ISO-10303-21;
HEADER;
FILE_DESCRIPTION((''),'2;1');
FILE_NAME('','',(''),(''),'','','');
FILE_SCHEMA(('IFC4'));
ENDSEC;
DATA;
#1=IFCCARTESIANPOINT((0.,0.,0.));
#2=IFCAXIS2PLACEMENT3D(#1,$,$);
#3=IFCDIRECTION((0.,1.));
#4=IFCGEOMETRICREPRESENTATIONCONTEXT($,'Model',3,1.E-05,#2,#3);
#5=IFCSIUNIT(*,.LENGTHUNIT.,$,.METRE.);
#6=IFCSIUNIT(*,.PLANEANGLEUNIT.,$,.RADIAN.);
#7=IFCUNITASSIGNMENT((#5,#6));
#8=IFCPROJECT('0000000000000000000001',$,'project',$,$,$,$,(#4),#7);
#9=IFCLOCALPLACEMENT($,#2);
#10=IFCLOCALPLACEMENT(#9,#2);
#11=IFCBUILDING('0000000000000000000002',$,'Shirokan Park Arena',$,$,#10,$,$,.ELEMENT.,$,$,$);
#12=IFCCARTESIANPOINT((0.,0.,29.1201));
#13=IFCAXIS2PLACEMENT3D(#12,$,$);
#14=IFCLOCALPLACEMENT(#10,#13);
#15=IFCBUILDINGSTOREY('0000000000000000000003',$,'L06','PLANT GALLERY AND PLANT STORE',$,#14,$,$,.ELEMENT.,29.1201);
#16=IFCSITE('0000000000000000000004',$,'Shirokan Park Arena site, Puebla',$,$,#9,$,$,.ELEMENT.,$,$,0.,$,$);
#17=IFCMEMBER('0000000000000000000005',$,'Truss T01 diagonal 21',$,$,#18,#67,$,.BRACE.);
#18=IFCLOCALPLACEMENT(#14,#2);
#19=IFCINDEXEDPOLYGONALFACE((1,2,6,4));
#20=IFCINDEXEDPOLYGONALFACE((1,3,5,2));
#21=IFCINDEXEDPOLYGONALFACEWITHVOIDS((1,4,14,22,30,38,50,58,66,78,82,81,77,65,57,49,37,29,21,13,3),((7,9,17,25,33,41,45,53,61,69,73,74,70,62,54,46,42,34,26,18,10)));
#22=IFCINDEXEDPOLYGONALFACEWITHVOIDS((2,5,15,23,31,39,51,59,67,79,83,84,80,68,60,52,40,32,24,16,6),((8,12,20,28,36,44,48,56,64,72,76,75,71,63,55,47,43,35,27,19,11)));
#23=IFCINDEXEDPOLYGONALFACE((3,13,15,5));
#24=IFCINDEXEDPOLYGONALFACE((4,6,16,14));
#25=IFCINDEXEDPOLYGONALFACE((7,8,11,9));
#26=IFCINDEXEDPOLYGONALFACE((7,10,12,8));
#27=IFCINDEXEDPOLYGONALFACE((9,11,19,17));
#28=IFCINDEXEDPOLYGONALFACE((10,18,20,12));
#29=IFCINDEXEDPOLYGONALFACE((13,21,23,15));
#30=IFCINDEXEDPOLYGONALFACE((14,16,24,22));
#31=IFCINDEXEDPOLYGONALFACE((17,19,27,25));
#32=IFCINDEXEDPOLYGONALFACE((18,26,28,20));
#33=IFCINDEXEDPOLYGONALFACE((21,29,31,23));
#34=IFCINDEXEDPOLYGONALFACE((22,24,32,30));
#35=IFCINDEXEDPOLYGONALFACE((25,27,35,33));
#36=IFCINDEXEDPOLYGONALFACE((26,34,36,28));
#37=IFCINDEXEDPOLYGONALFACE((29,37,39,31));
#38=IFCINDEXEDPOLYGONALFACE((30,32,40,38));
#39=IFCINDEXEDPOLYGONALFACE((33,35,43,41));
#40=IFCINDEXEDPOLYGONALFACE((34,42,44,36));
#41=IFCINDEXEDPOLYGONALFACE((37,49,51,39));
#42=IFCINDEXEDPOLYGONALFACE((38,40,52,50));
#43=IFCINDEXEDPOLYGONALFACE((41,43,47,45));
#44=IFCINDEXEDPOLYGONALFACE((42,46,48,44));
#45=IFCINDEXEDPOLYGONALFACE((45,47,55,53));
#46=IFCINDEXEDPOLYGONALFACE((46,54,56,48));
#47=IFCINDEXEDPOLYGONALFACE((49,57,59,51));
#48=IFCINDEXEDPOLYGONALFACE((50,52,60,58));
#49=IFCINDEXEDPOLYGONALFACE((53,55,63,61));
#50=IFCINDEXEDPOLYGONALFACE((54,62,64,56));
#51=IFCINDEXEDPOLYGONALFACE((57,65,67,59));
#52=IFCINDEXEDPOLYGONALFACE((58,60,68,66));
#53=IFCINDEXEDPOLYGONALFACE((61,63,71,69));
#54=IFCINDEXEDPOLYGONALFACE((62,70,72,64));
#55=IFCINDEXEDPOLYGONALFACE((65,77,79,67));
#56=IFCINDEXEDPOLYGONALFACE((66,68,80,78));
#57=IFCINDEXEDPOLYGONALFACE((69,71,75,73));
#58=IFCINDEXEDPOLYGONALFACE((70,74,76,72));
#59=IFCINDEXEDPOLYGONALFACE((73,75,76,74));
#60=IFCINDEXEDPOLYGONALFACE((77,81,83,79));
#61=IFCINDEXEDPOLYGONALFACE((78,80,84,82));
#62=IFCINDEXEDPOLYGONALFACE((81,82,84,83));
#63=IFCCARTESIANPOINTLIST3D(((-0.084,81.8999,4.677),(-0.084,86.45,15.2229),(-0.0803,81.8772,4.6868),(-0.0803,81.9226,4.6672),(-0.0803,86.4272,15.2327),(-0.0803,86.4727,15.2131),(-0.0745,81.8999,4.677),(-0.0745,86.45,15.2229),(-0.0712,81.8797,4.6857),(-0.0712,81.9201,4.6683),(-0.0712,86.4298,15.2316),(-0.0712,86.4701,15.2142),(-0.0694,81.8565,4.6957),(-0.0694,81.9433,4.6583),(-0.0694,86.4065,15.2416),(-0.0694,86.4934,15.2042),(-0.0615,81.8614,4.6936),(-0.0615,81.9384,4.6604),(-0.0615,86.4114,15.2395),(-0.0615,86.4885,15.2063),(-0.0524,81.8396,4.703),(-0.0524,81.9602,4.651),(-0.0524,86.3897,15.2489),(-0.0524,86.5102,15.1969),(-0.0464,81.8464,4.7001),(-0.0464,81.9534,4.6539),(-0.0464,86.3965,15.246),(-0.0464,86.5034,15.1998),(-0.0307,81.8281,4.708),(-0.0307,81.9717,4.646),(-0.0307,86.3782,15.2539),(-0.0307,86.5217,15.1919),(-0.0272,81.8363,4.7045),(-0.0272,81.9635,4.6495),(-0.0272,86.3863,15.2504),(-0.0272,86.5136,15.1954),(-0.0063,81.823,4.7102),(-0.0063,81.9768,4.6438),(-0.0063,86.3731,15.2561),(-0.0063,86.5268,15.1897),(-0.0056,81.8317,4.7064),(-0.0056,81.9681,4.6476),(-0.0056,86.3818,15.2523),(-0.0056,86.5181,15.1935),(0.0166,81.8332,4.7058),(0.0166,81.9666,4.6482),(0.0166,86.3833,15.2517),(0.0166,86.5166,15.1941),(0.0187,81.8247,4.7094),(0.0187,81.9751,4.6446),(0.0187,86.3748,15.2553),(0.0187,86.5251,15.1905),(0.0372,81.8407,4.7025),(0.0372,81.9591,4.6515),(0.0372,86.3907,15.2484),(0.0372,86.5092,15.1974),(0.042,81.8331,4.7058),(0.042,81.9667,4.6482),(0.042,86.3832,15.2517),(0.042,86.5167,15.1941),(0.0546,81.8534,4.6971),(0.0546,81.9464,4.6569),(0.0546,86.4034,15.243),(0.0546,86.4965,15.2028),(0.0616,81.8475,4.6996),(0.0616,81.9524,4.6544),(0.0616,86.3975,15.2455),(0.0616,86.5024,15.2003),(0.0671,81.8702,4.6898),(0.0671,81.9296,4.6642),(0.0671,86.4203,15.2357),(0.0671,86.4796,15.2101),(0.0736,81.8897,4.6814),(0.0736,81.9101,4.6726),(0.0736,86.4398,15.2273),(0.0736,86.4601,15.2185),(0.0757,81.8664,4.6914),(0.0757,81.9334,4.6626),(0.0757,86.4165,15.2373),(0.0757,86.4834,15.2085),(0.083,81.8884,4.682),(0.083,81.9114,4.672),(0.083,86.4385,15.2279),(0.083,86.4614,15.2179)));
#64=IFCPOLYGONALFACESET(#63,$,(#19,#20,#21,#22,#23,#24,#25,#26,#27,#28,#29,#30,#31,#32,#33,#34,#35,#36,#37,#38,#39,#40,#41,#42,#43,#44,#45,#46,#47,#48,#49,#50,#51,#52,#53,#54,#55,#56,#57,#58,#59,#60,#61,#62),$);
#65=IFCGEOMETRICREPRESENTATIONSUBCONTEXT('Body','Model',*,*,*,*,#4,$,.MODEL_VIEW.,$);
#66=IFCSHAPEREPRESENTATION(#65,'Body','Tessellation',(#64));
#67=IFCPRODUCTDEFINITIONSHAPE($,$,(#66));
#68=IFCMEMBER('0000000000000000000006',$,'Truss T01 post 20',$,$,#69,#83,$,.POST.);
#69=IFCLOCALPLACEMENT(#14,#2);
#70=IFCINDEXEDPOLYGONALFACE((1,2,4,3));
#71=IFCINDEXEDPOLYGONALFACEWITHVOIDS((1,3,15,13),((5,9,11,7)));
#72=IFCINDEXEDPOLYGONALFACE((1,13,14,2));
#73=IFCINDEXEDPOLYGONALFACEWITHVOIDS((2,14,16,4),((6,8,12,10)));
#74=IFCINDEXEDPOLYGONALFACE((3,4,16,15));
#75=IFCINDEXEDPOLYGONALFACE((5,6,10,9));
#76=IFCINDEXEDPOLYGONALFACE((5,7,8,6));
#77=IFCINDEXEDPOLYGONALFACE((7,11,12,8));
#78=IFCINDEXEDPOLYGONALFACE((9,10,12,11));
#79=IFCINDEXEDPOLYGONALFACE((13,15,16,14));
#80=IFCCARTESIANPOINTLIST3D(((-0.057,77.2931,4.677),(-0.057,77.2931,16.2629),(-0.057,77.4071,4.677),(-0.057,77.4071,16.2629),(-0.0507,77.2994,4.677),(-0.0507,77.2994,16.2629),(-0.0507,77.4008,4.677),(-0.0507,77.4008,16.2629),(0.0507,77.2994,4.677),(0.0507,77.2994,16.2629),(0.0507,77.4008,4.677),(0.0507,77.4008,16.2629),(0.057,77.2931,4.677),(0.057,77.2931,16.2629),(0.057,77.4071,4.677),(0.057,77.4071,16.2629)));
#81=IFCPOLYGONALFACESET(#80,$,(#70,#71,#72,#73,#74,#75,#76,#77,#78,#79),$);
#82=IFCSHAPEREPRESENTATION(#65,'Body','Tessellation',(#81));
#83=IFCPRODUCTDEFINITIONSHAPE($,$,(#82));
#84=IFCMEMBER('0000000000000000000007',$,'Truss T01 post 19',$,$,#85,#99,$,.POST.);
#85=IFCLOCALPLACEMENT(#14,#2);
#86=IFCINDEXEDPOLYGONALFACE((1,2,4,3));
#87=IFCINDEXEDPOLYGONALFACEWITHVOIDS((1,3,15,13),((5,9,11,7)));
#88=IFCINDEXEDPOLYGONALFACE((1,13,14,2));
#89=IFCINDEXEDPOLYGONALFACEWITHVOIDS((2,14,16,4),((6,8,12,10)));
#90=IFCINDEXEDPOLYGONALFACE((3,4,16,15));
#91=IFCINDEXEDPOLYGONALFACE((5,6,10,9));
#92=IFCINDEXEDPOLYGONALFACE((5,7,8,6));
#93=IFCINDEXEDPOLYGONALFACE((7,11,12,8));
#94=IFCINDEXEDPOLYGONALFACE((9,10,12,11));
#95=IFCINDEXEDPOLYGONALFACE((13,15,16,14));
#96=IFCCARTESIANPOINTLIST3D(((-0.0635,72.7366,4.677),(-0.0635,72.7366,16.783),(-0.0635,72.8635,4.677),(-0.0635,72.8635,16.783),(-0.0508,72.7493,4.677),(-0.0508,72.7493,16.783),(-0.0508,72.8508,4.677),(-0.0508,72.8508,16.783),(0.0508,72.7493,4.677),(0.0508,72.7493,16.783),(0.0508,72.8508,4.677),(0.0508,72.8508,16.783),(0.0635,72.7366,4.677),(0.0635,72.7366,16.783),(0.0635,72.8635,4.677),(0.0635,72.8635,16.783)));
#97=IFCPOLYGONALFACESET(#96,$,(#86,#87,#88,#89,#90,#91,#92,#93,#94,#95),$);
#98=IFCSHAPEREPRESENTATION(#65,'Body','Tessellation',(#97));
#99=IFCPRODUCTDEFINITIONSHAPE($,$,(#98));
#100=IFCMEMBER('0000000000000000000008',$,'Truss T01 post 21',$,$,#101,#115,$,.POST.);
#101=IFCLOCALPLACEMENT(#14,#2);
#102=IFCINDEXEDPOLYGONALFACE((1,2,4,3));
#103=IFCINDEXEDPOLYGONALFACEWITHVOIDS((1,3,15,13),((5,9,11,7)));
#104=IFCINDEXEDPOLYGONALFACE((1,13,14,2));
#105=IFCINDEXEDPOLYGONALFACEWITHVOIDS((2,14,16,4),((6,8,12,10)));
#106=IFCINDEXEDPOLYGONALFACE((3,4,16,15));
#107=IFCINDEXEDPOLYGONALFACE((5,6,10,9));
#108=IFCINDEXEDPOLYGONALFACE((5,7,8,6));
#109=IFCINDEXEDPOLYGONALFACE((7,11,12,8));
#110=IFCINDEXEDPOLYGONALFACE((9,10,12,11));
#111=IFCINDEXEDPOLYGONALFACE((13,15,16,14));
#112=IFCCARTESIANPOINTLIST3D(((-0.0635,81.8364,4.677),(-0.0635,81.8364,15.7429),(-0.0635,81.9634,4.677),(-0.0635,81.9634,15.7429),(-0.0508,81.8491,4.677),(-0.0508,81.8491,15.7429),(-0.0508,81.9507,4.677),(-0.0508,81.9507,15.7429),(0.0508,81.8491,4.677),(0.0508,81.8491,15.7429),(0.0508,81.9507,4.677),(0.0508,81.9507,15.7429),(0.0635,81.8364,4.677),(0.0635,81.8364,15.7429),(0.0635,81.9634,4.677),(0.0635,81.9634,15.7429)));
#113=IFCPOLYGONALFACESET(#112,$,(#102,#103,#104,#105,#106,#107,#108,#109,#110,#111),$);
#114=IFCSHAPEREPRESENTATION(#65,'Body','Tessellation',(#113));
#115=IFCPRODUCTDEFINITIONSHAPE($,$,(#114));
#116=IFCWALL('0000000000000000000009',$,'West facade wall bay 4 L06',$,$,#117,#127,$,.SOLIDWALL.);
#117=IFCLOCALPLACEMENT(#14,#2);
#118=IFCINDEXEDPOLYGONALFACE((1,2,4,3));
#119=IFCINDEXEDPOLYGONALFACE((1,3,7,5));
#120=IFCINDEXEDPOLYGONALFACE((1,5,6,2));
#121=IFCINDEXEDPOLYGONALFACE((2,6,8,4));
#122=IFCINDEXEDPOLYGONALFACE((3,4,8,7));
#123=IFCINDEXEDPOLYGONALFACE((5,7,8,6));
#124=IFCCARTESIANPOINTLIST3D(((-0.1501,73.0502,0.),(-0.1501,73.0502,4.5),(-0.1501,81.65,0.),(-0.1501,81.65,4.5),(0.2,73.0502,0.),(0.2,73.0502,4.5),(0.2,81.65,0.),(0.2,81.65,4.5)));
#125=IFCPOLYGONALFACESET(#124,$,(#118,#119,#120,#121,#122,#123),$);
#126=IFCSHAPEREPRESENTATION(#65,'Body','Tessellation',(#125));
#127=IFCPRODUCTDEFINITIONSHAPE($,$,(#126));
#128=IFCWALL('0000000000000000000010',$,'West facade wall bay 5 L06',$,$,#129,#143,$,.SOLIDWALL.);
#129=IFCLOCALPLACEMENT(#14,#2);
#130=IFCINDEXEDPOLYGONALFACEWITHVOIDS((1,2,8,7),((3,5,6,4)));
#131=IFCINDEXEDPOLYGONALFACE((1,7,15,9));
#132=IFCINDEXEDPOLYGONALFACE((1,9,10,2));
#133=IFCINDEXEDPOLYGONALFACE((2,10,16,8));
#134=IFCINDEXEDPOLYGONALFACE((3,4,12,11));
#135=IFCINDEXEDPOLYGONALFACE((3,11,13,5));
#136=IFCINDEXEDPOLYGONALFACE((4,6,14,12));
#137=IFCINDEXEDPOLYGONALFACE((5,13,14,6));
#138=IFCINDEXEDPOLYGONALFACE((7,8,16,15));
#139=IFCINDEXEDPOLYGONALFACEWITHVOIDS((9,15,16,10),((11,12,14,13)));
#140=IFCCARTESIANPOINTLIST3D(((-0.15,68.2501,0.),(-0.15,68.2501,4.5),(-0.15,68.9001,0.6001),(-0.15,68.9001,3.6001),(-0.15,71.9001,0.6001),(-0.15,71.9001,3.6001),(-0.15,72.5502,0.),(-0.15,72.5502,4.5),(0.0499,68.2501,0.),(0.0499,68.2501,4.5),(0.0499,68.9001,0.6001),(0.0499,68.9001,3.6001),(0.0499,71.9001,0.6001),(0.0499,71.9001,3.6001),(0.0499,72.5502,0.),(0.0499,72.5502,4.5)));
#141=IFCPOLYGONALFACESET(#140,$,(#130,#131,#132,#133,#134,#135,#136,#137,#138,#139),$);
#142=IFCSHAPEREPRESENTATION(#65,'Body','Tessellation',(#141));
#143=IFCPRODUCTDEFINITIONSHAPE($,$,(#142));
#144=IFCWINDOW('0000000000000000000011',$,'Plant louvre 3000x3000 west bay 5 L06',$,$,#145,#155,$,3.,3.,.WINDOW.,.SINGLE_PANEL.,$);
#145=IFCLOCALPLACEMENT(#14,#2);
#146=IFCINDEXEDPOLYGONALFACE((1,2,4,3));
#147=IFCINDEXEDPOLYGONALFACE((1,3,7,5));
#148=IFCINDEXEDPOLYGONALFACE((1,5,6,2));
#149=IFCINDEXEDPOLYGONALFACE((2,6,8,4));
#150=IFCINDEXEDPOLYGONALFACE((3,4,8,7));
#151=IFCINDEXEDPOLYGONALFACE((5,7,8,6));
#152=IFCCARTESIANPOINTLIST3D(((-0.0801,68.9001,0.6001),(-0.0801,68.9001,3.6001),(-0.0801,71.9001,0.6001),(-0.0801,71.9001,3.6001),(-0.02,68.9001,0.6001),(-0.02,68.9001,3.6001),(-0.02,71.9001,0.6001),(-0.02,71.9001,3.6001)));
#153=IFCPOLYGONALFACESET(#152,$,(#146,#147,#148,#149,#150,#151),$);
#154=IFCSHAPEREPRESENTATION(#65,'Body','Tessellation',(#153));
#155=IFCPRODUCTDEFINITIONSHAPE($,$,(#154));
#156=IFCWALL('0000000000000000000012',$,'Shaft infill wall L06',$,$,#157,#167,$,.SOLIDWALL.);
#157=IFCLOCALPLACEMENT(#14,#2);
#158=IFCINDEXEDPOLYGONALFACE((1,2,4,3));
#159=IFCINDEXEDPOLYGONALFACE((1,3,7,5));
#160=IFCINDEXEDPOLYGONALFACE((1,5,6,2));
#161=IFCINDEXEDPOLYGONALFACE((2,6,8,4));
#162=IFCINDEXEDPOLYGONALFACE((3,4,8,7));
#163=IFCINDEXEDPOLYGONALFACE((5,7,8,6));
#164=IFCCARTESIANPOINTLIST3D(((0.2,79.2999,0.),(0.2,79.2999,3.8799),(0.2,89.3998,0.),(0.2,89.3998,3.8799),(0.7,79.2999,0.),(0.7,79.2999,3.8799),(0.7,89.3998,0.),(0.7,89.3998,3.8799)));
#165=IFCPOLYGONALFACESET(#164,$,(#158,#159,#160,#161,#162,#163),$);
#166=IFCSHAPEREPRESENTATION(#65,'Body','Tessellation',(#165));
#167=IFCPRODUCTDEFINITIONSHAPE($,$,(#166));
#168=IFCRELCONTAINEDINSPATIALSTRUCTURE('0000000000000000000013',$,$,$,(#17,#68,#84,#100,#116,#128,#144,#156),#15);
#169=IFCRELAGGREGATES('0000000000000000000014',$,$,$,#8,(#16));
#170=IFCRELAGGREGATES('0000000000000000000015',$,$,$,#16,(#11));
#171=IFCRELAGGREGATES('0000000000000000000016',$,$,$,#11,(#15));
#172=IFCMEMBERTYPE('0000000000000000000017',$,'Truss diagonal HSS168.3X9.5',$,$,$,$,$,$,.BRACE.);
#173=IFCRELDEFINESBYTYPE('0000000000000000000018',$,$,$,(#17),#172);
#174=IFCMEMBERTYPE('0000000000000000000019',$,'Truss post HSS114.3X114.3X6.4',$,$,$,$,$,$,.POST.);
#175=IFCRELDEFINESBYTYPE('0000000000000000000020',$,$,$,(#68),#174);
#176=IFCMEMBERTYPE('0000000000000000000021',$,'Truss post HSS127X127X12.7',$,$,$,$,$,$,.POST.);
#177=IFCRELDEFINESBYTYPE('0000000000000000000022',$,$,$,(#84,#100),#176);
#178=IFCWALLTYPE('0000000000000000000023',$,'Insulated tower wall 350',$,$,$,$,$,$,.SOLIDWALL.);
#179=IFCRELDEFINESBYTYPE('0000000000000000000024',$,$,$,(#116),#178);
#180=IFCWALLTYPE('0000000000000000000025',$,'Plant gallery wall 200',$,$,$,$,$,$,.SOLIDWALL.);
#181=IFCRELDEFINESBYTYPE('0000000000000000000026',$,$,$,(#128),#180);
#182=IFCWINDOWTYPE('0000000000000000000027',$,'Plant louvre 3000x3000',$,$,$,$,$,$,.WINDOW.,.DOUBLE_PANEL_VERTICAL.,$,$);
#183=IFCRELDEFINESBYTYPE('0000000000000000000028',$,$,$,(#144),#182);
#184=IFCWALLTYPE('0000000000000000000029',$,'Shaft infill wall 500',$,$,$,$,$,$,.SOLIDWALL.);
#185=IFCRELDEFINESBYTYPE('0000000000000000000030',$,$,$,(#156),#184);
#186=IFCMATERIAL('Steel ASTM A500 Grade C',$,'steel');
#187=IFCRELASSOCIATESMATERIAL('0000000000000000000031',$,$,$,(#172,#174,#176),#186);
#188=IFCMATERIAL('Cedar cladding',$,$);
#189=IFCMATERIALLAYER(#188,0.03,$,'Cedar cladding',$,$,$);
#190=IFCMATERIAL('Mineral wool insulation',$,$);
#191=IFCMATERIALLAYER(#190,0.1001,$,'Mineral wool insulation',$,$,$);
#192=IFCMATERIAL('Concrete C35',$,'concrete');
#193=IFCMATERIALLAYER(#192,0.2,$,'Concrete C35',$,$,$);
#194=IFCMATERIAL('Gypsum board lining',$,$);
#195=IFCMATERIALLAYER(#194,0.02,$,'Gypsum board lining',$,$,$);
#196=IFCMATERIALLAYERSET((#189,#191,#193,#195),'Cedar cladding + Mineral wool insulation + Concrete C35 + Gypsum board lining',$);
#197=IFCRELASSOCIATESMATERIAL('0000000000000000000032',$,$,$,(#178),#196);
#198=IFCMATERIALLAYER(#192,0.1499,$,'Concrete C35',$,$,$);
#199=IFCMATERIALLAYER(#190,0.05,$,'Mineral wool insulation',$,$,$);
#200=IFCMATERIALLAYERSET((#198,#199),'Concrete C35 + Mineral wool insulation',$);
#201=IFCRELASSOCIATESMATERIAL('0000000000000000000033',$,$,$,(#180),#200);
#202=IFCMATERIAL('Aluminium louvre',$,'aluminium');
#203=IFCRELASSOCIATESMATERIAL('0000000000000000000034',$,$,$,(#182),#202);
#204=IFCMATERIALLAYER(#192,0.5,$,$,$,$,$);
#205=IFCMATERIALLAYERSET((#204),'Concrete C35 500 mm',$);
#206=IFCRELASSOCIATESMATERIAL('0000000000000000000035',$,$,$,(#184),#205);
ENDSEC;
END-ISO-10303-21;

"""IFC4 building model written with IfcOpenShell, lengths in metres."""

from ifc_helpers import new_model, si_unit, direction, frame, frame_2d, origin, origin_2d, place, context, subcontext, project, spatial, rectangle, hollow_rectangle, hollow_circle, extrude, material, layer, layer_set, material_profile, profile_set, type_object, element, fill, save


model = new_model("IFC4")

# Units and contexts
model_context = context("Model", 3, precision=1e-05, world=origin(), true_north=direction((0.0, 1.0)))
body_context = subcontext(model_context, "Body", "Model", "MODEL_VIEW")
ifc_project = project(units=[si_unit("LENGTHUNIT", "METRE"), si_unit("PLANEANGLEUNIT", "RADIAN")], contexts=[model_context])

# Site, building, storey
site_placement = place(None, origin())
site = spatial("IfcSite", under=ifc_project, at=site_placement, Name="Shirokan Park Arena site, Puebla", CompositionType="ELEMENT", RefElevation=0.0)
building_placement = place(site_placement, origin())
building = spatial("IfcBuilding", under=site, at=building_placement, Name="Shirokan Park Arena", CompositionType="ELEMENT")
storey_placement = place(building_placement, frame((0.0, 0.0, 29.1201)))
storey = spatial("IfcBuildingStorey", under=building, at=storey_placement, Name="L06", Description="PLANT GALLERY AND PLANT STORE", CompositionType="ELEMENT", Elevation=29.1201)

# Shared definitions
ifc_material_1 = material(Name="Concrete C35", Category="concrete")

# Shared definitions
ifc_material_2 = material(Name="Steel ASTM A500 Grade C", Category="steel")

# Members
ifc_material_profile_1 = material_profile(ifc_material_2, hollow_circle(Radius=0.084, WallThickness=0.0095, at=origin_2d()), Name="HSS168.3X9.5")
ifc_profile_set_1 = profile_set([ifc_material_profile_1], Name="Steel ASTM A500 Grade C")
member_type_1 = type_object("IfcMemberType", Name="Truss diagonal HSS168.3X9.5", PredefinedType="BRACE", material=ifc_profile_set_1)
member_1_placement = place(storey_placement, frame((0.0, 81.8999, 4.677), z_axis=(0.0, 0.396153, 0.918185), x_axis=(-1.0, 0.0, 0.0)))
element("IfcMember", 1, at=member_1_placement, inside=storey, type_object=member_type_1, Name="Truss T01 diagonal 21", PredefinedType="BRACE", context=body_context, shape_type="SweptSolid", body=[
    extrude(hollow_circle(Radius=0.084, WallThickness=0.0095, at=origin_2d()), origin(), (0.0, 0.0, 1.0), 11.4856),
])
ifc_material_profile_2 = material_profile(ifc_material_2, hollow_rectangle(XDim=0.114, YDim=0.114, WallThickness=0.0063, at=origin_2d()), Name="HSS114.3X114.3X6.4")
ifc_profile_set_2 = profile_set([ifc_material_profile_2], Name="Steel ASTM A500 Grade C")
member_type_2 = type_object("IfcMemberType", Name="Truss post HSS114.3X114.3X6.4", PredefinedType="POST", material=ifc_profile_set_2)
member_2_placement = place(storey_placement, frame((0.0, 77.3501, 4.677), z_axis=(0.0, 0.0, 1.0), x_axis=(1.0, 0.0, 0.0)))
element("IfcMember", 2, at=member_2_placement, inside=storey, type_object=member_type_2, Name="Truss T01 post 20", PredefinedType="POST", context=body_context, shape_type="SweptSolid", body=[
    extrude(hollow_rectangle(XDim=0.114, YDim=0.114, WallThickness=0.0063, at=origin_2d()), origin(), (0.0, 0.0, 1.0), 11.5859),
])
ifc_material_profile_3 = material_profile(ifc_material_2, hollow_rectangle(XDim=0.127, YDim=0.127, WallThickness=0.0127, at=origin_2d()), Name="HSS127X127X12.7")
ifc_profile_set_3 = profile_set([ifc_material_profile_3], Name="Steel ASTM A500 Grade C")
member_type_3 = type_object("IfcMemberType", Name="Truss post HSS127X127X12.7", PredefinedType="POST", material=ifc_profile_set_3)
member_3_placement = place(storey_placement, frame((0.0, 72.8, 4.677), z_axis=(0.0, 0.0, 1.0), x_axis=(1.0, 0.0, 0.0)))
element("IfcMember", 3, at=member_3_placement, inside=storey, type_object=member_type_3, Name="Truss T01 post 19", PredefinedType="POST", context=body_context, shape_type="SweptSolid", body=[
    extrude(hollow_rectangle(XDim=0.127, YDim=0.127, WallThickness=0.0127, at=origin_2d()), origin(), (0.0, 0.0, 1.0), 12.106),
])
member_4_placement = place(storey_placement, frame((0.0, 81.8999, 4.677), z_axis=(0.0, 0.0, 1.0), x_axis=(1.0, 0.0, 0.0)))
element("IfcMember", 4, at=member_4_placement, inside=storey, type_object=member_type_3, Name="Truss T01 post 21", PredefinedType="POST", context=body_context, shape_type="SweptSolid", body=[
    extrude(hollow_rectangle(XDim=0.127, YDim=0.127, WallThickness=0.0127, at=origin_2d()), origin(), (0.0, 0.0, 1.0), 11.0659),
])

# Wall
ifc_material_3 = material(Name="Cedar cladding")
ifc_layer_1 = layer(ifc_material_3, 0.03, Name="Cedar cladding")
ifc_material_4 = material(Name="Mineral wool insulation")
ifc_layer_2 = layer(ifc_material_4, 0.1001, Name="Mineral wool insulation")
ifc_layer_3 = layer(ifc_material_1, 0.2, Name="Concrete C35")
ifc_material_5 = material(Name="Gypsum board lining")
ifc_layer_4 = layer(ifc_material_5, 0.02, Name="Gypsum board lining")
ifc_layer_set_1 = layer_set([ifc_layer_1, ifc_layer_2, ifc_layer_3, ifc_layer_4], Name="Cedar cladding + Mineral wool insulation + Concrete C35 + Gypsum board lining")
wall_type_1 = type_object("IfcWallType", Name="Insulated tower wall 350", PredefinedType="SOLIDWALL", material=ifc_layer_set_1)
wall_1_placement = place(storey_placement, frame((0.0249, 81.6499, 0.0), z_axis=(0.0, 0.0, 1.0), x_axis=(0.0, -1.0, 0.0)))
element("IfcWall", 5, at=wall_1_placement, inside=storey, type_object=wall_type_1, Name="West facade wall bay 4 L06", PredefinedType="SOLIDWALL", context=body_context, shape_type="SweptSolid", body=[
    extrude(rectangle(XDim=8.5999, YDim=0.3501, at=frame_2d((4.2998, 0.0))), origin(), (0.0, 0.0, 1.0), 4.5),
])

# Wall, opening, window
ifc_layer_5 = layer(ifc_material_1, 0.1499, Name="Concrete C35")
ifc_layer_6 = layer(ifc_material_4, 0.05, Name="Mineral wool insulation")
ifc_layer_set_2 = layer_set([ifc_layer_5, ifc_layer_6], Name="Concrete C35 + Mineral wool insulation")
wall_type_2 = type_object("IfcWallType", Name="Plant gallery wall 200", PredefinedType="SOLIDWALL", material=ifc_layer_set_2)
wall_2_placement = place(storey_placement, frame((-0.05, 72.55, 0.0), z_axis=(0.0, 0.0, 1.0), x_axis=(0.0, -1.0, 0.0)))
wall_2 = element("IfcWall", 6, at=wall_2_placement, inside=storey, type_object=wall_type_2, Name="West facade wall bay 5 L06", PredefinedType="SOLIDWALL", context=body_context, shape_type="SweptSolid", body=[
    extrude(rectangle(XDim=4.3, YDim=0.2, at=frame_2d((2.1499, 0.0))), origin(), (0.0, 0.0, 1.0), 4.5),
])
opening_placement = place(wall_2_placement, frame((0.6499, 0.0, 0.6001)))
opening = element("IfcOpeningElement", 7, at=opening_placement, cuts=wall_2, PredefinedType="OPENING", context=body_context, shape_type="SweptSolid", body=[
    extrude(rectangle(XDim=3.0, YDim=3.0, at=frame_2d((1.5, 1.5))), frame((0.0, 0.1099, 0.0), z_axis=(0.0, -1.0, 0.0), x_axis=(1.0, 0.0, 0.0)), (0.0, 0.0, 1.0), 0.22),
])
ifc_material_6 = material(Name="Aluminium louvre", Category="aluminium")
window_type = type_object("IfcWindowType", Name="Plant louvre 3000x3000", PartitioningType="DOUBLE_PANEL_VERTICAL", PredefinedType="WINDOW", material=ifc_material_6)
window_placement = place(opening_placement, origin())
window = element("IfcWindow", 8, at=window_placement, inside=storey, type_object=window_type, Name="Plant louvre 3000x3000 west bay 5 L06", OverallHeight=3.0, OverallWidth=3.0, PartitioningType="SINGLE_PANEL", PredefinedType="WINDOW", context=body_context, shape_type="SweptSolid", body=[
    extrude(rectangle(XDim=3.0, YDim=3.0, at=frame_2d((1.5, 1.5))), frame((0.0, 0.03, 0.0), z_axis=(0.0, -1.0, 0.0), x_axis=(1.0, 0.0, 0.0)), (0.0, 0.0, 1.0), 0.0601),
])
fill(opening, window)

# Wall
ifc_layer_7 = layer(ifc_material_1, 0.5)
ifc_layer_set_3 = layer_set([ifc_layer_7], Name="Concrete C35 500 mm")
wall_type_3 = type_object("IfcWallType", Name="Shaft infill wall 500", PredefinedType="SOLIDWALL", material=ifc_layer_set_3)
wall_3_placement = place(storey_placement, frame((0.45, 79.3, 0.0), z_axis=(0.0, 0.0, 1.0), x_axis=(0.0, 1.0, 0.0)))
element("IfcWall", 9, at=wall_3_placement, inside=storey, type_object=wall_type_3, Name="Shaft infill wall L06", PredefinedType="SOLIDWALL", context=body_context, shape_type="SweptSolid", body=[
    extrude(rectangle(XDim=10.0999, YDim=0.5, at=frame_2d((5.0498, 0.0))), origin(), (0.0, 0.0, 1.0), 3.8799),
])

save(model, "model.ifc")
